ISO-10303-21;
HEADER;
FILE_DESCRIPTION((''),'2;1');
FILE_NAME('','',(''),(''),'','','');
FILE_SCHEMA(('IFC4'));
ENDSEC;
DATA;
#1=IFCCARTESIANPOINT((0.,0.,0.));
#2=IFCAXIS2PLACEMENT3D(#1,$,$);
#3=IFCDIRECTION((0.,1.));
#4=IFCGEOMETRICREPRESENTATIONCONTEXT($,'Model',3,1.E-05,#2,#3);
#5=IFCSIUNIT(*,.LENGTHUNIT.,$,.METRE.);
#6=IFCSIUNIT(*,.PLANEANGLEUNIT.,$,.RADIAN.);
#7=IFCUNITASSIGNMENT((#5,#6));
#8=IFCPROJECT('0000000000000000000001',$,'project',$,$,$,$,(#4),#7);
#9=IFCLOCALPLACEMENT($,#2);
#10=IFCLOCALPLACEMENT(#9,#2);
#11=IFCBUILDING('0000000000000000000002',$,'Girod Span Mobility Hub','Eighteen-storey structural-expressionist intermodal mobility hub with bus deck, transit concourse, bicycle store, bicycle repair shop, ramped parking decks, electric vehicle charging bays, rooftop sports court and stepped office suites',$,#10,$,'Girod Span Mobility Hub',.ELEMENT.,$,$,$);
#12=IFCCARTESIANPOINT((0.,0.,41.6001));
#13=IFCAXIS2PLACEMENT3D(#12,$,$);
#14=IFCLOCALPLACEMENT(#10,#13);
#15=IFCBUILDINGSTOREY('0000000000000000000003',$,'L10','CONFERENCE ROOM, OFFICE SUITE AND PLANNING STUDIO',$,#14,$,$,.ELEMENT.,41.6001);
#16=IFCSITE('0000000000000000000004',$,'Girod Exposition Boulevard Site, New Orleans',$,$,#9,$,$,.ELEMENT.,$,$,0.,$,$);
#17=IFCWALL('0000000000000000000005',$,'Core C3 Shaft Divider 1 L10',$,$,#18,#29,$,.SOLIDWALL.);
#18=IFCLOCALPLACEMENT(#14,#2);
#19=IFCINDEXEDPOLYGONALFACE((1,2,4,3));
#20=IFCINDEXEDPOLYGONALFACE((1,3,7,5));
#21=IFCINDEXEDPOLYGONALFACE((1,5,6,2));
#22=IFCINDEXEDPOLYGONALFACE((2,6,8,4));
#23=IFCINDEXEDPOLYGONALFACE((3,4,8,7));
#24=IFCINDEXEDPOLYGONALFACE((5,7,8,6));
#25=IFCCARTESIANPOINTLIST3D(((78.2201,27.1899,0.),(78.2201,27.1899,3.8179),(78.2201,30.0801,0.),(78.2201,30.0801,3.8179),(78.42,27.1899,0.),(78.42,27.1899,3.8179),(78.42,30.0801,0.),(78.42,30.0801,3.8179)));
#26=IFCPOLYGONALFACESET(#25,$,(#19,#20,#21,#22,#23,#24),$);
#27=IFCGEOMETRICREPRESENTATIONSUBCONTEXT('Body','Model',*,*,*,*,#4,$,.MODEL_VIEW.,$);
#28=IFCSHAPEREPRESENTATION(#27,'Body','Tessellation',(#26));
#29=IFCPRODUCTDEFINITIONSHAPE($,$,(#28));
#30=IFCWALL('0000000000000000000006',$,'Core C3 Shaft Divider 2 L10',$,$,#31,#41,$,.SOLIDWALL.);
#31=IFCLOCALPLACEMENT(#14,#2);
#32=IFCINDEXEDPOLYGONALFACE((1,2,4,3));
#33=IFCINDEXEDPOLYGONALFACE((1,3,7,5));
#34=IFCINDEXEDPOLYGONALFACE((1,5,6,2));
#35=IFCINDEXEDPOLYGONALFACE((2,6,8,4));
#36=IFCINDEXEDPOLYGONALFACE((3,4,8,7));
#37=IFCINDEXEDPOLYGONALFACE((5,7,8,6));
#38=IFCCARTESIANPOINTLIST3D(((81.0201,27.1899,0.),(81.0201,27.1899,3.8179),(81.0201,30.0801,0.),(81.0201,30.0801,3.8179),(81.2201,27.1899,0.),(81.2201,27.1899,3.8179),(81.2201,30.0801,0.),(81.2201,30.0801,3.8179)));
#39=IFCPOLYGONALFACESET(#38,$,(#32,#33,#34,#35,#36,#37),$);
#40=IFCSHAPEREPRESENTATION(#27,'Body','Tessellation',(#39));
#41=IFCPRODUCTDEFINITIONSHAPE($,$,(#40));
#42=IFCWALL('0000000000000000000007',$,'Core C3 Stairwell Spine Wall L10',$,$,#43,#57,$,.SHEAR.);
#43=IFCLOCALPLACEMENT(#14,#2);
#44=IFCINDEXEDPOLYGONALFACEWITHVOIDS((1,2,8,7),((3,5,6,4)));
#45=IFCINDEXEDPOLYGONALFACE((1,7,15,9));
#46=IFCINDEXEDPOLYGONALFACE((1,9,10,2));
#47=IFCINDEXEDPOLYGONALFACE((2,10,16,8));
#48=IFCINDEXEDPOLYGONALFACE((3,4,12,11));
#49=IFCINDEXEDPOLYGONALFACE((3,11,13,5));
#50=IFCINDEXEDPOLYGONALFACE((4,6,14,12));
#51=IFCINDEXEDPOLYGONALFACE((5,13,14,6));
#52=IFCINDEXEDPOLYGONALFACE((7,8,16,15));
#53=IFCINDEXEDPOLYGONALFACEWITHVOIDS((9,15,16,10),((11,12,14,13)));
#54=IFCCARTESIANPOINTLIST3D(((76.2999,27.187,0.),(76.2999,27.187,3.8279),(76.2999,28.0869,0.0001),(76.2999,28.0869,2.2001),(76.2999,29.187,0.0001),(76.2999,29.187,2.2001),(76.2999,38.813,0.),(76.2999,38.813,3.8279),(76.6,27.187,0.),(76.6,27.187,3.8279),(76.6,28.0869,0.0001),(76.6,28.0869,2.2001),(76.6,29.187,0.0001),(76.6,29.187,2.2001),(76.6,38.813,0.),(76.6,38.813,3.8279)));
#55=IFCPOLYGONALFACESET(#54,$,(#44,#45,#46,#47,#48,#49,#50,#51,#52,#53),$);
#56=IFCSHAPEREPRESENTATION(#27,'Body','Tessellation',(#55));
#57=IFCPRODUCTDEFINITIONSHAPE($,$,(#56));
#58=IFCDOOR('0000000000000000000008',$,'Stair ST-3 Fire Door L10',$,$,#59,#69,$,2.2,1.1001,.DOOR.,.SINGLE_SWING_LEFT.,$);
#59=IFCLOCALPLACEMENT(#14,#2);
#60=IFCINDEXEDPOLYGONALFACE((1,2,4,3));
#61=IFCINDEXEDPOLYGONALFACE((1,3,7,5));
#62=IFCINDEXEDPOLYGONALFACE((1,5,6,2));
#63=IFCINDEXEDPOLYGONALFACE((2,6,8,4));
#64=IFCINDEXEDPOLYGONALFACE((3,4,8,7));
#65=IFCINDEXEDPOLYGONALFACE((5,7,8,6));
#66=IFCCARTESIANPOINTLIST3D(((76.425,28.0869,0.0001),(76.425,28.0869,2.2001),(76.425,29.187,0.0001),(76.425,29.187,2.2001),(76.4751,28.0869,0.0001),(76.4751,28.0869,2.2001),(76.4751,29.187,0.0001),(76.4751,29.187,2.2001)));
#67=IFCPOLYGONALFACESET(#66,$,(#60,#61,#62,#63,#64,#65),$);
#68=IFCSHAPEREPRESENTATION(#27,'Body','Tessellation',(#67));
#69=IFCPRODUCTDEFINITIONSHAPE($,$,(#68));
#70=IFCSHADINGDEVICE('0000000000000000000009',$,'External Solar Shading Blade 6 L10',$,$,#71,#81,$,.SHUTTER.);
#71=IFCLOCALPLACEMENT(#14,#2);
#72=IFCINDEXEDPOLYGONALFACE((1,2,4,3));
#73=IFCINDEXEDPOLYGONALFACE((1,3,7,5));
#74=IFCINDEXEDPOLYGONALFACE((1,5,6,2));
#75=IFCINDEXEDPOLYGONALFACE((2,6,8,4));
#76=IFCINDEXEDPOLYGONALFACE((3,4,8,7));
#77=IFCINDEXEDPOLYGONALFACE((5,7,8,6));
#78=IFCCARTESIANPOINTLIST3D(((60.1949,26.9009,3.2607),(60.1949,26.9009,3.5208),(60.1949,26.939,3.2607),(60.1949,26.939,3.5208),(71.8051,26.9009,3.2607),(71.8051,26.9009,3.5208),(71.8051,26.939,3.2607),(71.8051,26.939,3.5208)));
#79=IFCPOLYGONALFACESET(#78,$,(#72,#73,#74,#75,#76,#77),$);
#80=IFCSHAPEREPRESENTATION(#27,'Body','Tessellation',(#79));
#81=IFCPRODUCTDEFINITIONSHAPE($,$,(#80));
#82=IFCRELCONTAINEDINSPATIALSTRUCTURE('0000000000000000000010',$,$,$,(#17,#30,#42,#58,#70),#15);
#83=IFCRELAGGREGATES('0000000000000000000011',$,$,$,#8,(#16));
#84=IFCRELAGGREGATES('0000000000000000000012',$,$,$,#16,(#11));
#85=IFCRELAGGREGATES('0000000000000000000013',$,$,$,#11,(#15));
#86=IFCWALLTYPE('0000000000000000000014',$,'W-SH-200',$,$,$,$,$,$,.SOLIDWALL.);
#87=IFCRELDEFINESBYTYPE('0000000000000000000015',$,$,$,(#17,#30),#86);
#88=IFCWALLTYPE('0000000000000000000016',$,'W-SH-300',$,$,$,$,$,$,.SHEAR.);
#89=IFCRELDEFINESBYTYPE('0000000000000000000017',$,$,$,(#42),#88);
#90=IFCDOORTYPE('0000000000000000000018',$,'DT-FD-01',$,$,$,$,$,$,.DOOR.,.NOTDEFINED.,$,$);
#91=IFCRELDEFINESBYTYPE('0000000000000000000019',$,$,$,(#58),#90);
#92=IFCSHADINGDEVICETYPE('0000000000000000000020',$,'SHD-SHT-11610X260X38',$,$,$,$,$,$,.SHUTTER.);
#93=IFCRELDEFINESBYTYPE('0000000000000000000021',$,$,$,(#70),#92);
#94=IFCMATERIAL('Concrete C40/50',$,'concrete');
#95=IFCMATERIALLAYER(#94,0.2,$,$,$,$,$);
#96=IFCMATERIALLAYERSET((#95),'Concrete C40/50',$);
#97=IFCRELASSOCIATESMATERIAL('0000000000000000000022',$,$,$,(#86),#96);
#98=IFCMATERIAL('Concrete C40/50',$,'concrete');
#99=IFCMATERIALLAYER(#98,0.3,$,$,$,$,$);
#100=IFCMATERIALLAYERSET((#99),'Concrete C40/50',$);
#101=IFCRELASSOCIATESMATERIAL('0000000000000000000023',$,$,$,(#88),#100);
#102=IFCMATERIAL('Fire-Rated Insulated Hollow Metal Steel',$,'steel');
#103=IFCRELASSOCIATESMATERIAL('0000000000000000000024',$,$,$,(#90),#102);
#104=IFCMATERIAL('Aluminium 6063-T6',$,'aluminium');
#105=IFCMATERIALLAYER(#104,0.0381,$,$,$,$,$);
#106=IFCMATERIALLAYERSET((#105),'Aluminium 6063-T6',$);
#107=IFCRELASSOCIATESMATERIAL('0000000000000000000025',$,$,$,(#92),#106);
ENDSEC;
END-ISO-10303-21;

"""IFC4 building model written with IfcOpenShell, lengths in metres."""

from ifc_helpers import new_model, si_unit, direction, frame, frame_2d, origin, origin_2d, place, context, subcontext, project, spatial, rectangle, extrude, material, layer, layer_set, type_object, element, fill, save


model = new_model("IFC4")

# Units and contexts
model_context = context("Model", 3, precision=1e-05, world=origin(), true_north=direction((0.0, 1.0)))
body_context = subcontext(model_context, "Body", "Model", "MODEL_VIEW")
ifc_project = project(units=[si_unit("LENGTHUNIT", "METRE"), si_unit("PLANEANGLEUNIT", "RADIAN")], contexts=[model_context])

# Site, building, storey
site_placement = place(None, origin())
site = spatial("IfcSite", under=ifc_project, at=site_placement, Name="Girod Exposition Boulevard Site, New Orleans", CompositionType="ELEMENT", RefElevation=0.0)
building_placement = place(site_placement, origin())
building = spatial("IfcBuilding", under=site, at=building_placement, Name="Girod Span Mobility Hub", Description="Eighteen-storey structural-expressionist intermodal mobility hub with bus deck, transit concourse, bicycle store, bicycle repair shop, ramped parking decks, electric vehicle charging bays, rooftop sports court and stepped office suites", LongName="Girod Span Mobility Hub", CompositionType="ELEMENT")
storey_placement = place(building_placement, frame((0.0, 0.0, 41.6001)))
storey = spatial("IfcBuildingStorey", under=building, at=storey_placement, Name="L10", Description="CONFERENCE ROOM, OFFICE SUITE AND PLANNING STUDIO", CompositionType="ELEMENT", Elevation=41.6001)

# Walls
ifc_material_1 = material(Name="Concrete C40/50", Category="concrete")
ifc_layer_1 = layer(ifc_material_1, 0.2)
ifc_layer_set_1 = layer_set([ifc_layer_1], Name="Concrete C40/50")
wall_type_1 = type_object("IfcWallType", Name="W-SH-200", PredefinedType="SOLIDWALL", material=ifc_layer_set_1)
for number, where, z_axis, x_axis, name in (
    (1, (78.3201, 27.1899, 0.0), (0.0, 0.0, 1.0), (0.0, 1.0, 0.0), "Core C3 Shaft Divider 1 L10"),
    (2, (81.1201, 27.1899, 0.0), (0.0, 0.0, 1.0), (0.0, 1.0, 0.0), "Core C3 Shaft Divider 2 L10"),
):
    element("IfcWall", number, at=place(storey_placement, frame(where, z_axis=z_axis, x_axis=x_axis)), inside=storey, type_object=wall_type_1, Name=name, PredefinedType="SOLIDWALL", context=body_context, shape_type="SweptSolid", body=[
        extrude(rectangle(XDim=2.8901, YDim=0.2, at=frame_2d((1.4451, 0.0))), origin(), (0.0, 0.0, 1.0), 3.8179),
    ])

# Wall, opening, door
ifc_material_2 = material(Name="Concrete C40/50", Category="concrete")
ifc_layer_2 = layer(ifc_material_2, 0.3)
ifc_layer_set_2 = layer_set([ifc_layer_2], Name="Concrete C40/50")
wall_type_2 = type_object("IfcWallType", Name="W-SH-300", PredefinedType="SHEAR", material=ifc_layer_set_2)
wall_1_placement = place(storey_placement, frame((76.45, 27.187, 0.0), z_axis=(0.0, 0.0, 1.0), x_axis=(0.0, 1.0, 0.0)))
wall_1 = element("IfcWall", 3, at=wall_1_placement, inside=storey, type_object=wall_type_2, Name="Core C3 Stairwell Spine Wall L10", PredefinedType="SHEAR", context=body_context, shape_type="SweptSolid", body=[
    extrude(rectangle(XDim=11.626, YDim=0.3, at=frame_2d((5.813, 0.0))), origin(), (0.0, 0.0, 1.0), 3.8279),
])
opening_placement = place(wall_1_placement, frame((0.8999, 0.0, 0.0)))
opening = element("IfcOpeningElement", 4, at=opening_placement, cuts=wall_1, PredefinedType="OPENING", context=body_context, shape_type="SweptSolid", body=[
    extrude(rectangle(XDim=1.1001, YDim=2.2, at=frame_2d((0.55, 1.1001))), frame((0.0, 0.165, 0.0), z_axis=(0.0, -1.0, 0.0), x_axis=(1.0, 0.0, 0.0)), (0.0, 0.0, 1.0), 0.3301),
])
ifc_material_3 = material(Name="Fire-Rated Insulated Hollow Metal Steel", Category="steel")
door_type = type_object("IfcDoorType", Name="DT-FD-01", OperationType="NOTDEFINED", PredefinedType="DOOR", material=ifc_material_3)
door_placement = place(opening_placement, origin())
door = element("IfcDoor", 5, at=door_placement, inside=storey, type_object=door_type, Name="Stair ST-3 Fire Door L10", OperationType="SINGLE_SWING_LEFT", OverallHeight=2.2, OverallWidth=1.1001, PredefinedType="DOOR", context=body_context, shape_type="SweptSolid", body=[
    extrude(rectangle(XDim=1.1001, YDim=2.2, at=frame_2d((0.55, 1.1001))), frame((0.0, 0.0249, 0.0), z_axis=(0.0, -1.0, 0.0), x_axis=(1.0, 0.0, 0.0)), (0.0, 0.0, 1.0), 0.05),
])
fill(opening, door)

# Shading device
ifc_material_4 = material(Name="Aluminium 6063-T6", Category="aluminium")
ifc_layer_3 = layer(ifc_material_4, 0.0381)
ifc_layer_set_3 = layer_set([ifc_layer_3], Name="Aluminium 6063-T6")
shading_device_type = type_object("IfcShadingDeviceType", Name="SHD-SHT-11610X260X38", PredefinedType="SHUTTER", material=ifc_layer_set_3)
shading_device_placement = place(storey_placement, frame((66.0, 26.9199, 3.2607), z_axis=(0.0, 0.0, 1.0), x_axis=(1.0, 0.0, 0.0)))
element("IfcShadingDevice", 6, at=shading_device_placement, inside=storey, type_object=shading_device_type, Name="External Solar Shading Blade 6 L10", PredefinedType="SHUTTER", context=body_context, shape_type="SweptSolid", body=[
    extrude(rectangle(XDim=11.6101, YDim=0.0381, at=origin_2d()), origin(), (0.0, 0.0, 1.0), 0.26),
])

save(model, "model.ifc")
